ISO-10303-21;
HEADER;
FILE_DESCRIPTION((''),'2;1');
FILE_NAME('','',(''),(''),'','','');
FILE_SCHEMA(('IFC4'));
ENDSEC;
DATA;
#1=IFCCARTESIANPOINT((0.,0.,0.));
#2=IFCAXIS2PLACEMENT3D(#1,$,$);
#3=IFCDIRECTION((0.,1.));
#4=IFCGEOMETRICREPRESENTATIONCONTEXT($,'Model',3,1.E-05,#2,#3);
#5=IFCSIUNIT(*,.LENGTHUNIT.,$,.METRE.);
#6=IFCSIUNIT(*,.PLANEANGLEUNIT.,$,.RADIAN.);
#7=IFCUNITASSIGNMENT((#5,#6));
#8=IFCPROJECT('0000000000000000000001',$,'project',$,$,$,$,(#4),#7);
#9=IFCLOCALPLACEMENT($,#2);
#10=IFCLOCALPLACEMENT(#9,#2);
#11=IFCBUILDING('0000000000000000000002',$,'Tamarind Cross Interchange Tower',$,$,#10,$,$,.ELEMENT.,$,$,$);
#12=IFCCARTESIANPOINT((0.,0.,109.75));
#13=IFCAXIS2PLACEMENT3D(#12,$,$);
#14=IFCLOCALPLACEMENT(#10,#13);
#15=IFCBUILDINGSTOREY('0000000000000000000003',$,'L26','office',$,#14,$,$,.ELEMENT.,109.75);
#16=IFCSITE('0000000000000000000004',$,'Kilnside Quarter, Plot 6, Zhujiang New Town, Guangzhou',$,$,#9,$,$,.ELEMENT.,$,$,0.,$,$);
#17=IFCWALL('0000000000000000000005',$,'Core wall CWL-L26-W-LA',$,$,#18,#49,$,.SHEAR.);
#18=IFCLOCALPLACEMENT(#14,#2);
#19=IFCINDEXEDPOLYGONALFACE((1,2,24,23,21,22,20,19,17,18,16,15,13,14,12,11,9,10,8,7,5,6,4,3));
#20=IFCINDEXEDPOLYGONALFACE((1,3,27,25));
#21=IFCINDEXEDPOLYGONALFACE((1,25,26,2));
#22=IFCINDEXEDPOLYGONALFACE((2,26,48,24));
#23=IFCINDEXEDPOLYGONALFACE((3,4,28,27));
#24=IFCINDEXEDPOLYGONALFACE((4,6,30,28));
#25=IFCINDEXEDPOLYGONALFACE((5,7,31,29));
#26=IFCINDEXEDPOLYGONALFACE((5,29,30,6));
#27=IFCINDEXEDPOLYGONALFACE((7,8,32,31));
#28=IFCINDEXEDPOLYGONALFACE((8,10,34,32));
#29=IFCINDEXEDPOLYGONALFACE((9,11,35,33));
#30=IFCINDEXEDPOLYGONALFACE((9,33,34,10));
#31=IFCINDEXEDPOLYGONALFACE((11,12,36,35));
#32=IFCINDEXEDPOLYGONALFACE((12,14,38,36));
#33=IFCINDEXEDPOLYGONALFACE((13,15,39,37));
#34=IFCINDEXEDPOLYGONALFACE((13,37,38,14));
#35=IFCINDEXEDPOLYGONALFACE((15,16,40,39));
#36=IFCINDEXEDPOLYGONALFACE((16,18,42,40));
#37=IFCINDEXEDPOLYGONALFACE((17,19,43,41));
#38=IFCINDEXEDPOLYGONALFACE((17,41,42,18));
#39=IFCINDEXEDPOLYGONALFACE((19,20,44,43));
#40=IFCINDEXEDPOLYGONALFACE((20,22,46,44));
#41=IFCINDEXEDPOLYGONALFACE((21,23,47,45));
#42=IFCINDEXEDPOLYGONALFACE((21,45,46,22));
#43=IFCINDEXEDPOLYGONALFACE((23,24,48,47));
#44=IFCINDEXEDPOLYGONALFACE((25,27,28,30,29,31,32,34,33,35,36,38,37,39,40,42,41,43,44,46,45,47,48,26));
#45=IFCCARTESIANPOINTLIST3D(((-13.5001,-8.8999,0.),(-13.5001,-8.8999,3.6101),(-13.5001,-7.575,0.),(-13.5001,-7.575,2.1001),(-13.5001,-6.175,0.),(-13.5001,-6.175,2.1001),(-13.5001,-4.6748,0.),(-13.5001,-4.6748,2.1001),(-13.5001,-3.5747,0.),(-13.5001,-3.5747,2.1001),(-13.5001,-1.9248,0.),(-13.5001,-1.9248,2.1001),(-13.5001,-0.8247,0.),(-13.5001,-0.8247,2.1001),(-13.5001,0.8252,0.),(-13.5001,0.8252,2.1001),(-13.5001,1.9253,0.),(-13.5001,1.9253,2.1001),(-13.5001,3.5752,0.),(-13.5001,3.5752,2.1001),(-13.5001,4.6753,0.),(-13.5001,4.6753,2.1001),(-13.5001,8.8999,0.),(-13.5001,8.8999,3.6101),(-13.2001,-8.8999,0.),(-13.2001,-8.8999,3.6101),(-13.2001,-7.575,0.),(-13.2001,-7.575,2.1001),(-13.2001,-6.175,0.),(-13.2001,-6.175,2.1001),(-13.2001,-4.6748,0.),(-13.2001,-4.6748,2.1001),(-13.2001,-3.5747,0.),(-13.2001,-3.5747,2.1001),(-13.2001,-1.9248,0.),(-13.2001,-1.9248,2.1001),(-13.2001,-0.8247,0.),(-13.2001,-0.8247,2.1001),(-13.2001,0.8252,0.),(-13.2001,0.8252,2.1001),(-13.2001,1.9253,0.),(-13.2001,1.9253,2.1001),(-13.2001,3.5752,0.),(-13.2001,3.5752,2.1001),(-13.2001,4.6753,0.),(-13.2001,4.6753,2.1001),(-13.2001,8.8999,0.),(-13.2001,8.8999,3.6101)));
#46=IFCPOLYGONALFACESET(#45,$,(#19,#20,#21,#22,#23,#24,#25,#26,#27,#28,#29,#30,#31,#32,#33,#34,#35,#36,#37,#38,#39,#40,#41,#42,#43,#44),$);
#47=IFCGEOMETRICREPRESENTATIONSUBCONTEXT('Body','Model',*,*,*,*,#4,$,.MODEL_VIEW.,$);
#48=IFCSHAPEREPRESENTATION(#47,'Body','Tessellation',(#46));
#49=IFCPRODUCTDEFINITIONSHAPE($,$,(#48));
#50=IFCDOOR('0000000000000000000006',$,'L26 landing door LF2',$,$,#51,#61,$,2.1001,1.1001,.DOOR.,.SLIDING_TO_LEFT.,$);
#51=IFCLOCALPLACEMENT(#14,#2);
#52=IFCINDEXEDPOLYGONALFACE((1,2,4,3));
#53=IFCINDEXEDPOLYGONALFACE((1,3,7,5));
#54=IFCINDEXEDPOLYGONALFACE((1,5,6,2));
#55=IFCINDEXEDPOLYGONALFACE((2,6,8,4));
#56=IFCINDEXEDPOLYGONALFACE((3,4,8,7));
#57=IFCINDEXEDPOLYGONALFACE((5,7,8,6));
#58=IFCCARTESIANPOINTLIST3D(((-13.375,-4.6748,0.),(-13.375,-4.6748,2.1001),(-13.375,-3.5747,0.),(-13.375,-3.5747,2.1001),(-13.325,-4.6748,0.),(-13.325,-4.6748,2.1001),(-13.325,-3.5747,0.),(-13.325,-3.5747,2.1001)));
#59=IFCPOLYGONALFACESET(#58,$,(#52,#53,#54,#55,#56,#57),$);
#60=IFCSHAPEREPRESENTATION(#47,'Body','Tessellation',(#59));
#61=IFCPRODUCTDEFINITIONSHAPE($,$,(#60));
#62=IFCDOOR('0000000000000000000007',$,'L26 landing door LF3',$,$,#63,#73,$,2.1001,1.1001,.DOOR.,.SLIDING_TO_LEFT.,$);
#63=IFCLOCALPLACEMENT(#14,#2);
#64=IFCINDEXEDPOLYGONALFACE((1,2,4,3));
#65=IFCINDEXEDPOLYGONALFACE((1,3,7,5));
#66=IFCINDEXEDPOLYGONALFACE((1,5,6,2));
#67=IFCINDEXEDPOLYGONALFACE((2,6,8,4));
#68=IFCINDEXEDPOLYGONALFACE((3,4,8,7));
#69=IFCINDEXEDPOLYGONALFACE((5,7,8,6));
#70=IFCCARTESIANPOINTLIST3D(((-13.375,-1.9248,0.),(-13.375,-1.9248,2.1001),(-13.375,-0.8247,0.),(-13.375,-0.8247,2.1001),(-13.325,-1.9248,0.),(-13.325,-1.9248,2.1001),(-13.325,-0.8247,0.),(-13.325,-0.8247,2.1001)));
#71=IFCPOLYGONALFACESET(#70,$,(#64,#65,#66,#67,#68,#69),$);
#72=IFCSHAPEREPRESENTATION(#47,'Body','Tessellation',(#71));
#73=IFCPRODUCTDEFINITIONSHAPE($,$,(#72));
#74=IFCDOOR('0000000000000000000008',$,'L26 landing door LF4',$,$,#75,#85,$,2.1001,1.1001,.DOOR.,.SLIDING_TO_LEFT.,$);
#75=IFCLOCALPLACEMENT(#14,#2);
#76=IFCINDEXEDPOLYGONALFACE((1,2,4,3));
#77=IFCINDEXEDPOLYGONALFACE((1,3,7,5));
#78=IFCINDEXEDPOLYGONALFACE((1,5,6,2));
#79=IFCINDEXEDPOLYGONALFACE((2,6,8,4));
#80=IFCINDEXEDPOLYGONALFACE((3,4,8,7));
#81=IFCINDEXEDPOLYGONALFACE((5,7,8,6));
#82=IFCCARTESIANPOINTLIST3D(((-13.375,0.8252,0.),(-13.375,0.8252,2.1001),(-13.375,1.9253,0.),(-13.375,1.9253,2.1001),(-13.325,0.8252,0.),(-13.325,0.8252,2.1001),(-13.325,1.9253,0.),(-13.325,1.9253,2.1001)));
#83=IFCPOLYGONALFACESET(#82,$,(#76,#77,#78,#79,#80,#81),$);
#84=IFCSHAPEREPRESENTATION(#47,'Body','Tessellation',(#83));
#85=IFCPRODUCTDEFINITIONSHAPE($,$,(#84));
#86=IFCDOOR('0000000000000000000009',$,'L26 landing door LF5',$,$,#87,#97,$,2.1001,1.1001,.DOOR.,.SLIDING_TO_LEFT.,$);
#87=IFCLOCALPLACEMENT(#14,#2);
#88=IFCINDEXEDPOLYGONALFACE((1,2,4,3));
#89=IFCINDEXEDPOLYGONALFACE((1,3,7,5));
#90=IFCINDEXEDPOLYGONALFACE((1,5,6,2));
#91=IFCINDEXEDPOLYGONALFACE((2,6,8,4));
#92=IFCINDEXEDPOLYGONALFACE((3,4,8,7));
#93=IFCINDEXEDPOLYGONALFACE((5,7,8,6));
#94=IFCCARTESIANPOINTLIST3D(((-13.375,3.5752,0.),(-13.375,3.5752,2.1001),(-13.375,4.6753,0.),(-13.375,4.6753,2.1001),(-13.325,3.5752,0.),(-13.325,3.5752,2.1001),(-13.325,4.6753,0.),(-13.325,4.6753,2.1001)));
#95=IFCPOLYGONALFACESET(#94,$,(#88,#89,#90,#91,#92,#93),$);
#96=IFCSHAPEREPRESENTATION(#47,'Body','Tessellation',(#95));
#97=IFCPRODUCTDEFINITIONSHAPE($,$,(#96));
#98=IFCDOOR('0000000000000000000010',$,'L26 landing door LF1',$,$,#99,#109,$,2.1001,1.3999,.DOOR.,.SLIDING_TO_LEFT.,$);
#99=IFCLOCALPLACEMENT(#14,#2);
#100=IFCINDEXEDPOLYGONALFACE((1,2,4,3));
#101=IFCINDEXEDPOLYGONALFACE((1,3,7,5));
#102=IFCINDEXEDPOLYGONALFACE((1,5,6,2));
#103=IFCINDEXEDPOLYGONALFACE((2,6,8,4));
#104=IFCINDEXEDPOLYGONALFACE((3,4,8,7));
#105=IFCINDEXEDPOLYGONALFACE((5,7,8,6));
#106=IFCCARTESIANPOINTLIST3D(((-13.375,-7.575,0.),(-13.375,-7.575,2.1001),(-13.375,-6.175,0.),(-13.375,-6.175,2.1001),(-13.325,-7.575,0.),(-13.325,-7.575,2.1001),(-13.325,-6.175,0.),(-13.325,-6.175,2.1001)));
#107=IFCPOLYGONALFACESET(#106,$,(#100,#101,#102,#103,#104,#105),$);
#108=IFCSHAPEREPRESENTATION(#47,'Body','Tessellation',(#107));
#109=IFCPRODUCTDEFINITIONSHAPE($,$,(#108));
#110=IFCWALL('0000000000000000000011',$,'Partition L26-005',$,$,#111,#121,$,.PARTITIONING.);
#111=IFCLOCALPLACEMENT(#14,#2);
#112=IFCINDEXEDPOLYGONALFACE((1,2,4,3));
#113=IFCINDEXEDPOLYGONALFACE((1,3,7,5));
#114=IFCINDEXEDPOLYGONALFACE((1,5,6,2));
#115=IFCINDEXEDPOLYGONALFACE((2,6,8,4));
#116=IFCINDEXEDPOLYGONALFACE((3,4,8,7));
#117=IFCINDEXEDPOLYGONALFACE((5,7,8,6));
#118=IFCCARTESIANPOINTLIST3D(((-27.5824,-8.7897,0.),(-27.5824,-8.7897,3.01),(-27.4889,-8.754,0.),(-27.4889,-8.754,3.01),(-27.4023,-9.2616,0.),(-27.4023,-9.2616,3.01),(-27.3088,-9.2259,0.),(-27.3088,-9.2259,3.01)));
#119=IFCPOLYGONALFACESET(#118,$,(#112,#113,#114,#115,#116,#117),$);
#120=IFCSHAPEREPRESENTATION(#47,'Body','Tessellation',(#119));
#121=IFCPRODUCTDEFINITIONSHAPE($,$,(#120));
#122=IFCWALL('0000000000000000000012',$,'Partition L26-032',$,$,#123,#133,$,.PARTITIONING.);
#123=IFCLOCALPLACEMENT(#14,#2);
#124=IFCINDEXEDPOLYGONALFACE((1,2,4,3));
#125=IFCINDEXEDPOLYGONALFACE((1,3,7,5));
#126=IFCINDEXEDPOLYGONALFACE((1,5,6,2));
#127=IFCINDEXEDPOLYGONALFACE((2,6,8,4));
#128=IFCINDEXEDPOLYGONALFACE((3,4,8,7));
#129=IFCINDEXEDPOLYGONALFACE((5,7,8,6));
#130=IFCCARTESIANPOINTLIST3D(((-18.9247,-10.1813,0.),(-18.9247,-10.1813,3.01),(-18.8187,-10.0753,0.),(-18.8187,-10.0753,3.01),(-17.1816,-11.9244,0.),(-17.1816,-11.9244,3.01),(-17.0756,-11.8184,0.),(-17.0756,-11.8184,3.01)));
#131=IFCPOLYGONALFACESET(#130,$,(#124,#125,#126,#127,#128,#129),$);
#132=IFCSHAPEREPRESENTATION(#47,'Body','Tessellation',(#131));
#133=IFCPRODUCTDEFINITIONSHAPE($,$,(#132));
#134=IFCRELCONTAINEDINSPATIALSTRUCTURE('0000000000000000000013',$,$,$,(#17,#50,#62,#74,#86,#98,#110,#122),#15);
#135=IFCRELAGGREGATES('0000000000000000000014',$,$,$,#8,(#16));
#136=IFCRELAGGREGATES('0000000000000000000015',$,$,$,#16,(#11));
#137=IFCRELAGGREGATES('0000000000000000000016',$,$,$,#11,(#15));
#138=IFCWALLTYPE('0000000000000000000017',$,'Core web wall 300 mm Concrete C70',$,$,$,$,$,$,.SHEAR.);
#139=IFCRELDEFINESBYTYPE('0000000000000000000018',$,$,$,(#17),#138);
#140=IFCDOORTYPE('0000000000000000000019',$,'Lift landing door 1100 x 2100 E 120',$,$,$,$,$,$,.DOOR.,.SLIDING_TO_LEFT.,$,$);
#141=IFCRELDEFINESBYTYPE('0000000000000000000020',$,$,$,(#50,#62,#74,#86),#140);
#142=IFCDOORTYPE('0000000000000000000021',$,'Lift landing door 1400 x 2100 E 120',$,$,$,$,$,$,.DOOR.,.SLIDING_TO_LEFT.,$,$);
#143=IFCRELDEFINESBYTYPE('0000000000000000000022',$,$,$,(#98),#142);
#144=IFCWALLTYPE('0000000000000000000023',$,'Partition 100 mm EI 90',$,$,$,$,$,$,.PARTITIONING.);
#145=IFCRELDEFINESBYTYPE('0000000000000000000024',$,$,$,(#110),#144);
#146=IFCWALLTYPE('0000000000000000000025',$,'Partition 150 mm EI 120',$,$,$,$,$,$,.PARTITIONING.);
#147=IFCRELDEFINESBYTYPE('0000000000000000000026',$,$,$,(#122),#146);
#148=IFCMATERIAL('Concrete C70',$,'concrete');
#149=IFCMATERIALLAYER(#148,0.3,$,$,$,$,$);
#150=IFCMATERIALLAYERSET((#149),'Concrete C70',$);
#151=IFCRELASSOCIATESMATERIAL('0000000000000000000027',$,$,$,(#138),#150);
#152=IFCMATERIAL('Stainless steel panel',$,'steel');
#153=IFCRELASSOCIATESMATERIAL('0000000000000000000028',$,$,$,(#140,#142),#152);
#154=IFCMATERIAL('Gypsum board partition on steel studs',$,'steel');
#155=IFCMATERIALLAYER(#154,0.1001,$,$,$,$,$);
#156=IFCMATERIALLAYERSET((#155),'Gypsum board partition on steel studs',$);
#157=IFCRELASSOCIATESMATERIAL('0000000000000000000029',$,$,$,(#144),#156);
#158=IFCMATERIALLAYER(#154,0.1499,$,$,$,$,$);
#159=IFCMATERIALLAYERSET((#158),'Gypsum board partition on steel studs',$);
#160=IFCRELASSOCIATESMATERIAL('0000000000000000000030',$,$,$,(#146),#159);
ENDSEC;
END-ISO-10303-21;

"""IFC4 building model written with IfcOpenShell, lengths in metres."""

from ifc_helpers import new_model, si_unit, direction, frame, frame_2d, origin, place, context, subcontext, project, spatial, rectangle, extrude, material, layer, layer_set, type_object, element, fill, save


model = new_model("IFC4")

# Units and contexts
model_context = context("Model", 3, precision=1e-05, world=origin(), true_north=direction((0.0, 1.0)))
body_context = subcontext(model_context, "Body", "Model", "MODEL_VIEW")
ifc_project = project(units=[si_unit("LENGTHUNIT", "METRE"), si_unit("PLANEANGLEUNIT", "RADIAN")], contexts=[model_context])

# Site, building, storey
site_placement = place(None, origin())
site = spatial("IfcSite", under=ifc_project, at=site_placement, Name="Kilnside Quarter, Plot 6, Zhujiang New Town, Guangzhou", CompositionType="ELEMENT", RefElevation=0.0)
building_placement = place(site_placement, origin())
building = spatial("IfcBuilding", under=site, at=building_placement, Name="Tamarind Cross Interchange Tower", CompositionType="ELEMENT")
storey_placement = place(building_placement, frame((0.0, 0.0, 109.75)))
storey = spatial("IfcBuildingStorey", under=building, at=storey_placement, Name="L26", Description="office", CompositionType="ELEMENT", Elevation=109.75)

# Wall, openings, doors
ifc_material_1 = material(Name="Concrete C70", Category="concrete")
ifc_layer_1 = layer(ifc_material_1, 0.3)
ifc_layer_set_1 = layer_set([ifc_layer_1], Name="Concrete C70")
wall_type_1 = type_object("IfcWallType", Name="Core web wall 300 mm Concrete C70", PredefinedType="SHEAR", material=ifc_layer_set_1)
wall_1_placement = place(storey_placement, frame((-13.3501, -8.8999, 0.0), z_axis=(0.0, 0.0, 1.0), x_axis=(0.0, 1.0, 0.0)))
wall_1 = element("IfcWall", 1, at=wall_1_placement, inside=storey, type_object=wall_type_1, Name="Core wall CWL-L26-W-LA", PredefinedType="SHEAR", context=body_context, shape_type="SweptSolid", body=[
    extrude(rectangle(XDim=17.7998, YDim=0.3, at=frame_2d((8.8999, 0.0))), origin(), (0.0, 0.0, 1.0), 3.6101),
])
opening_1_placement = place(wall_1_placement, frame((1.325, 0.0, 0.0)))
opening_1 = element("IfcOpeningElement", 2, at=opening_1_placement, cuts=wall_1, PredefinedType="OPENING", context=body_context, shape_type="SweptSolid", body=[
    extrude(rectangle(XDim=1.3999, YDim=2.1001, at=frame_2d((0.7, 1.05))), frame((0.0, 0.1599, 0.0), z_axis=(0.0, -1.0, 0.0), x_axis=(1.0, 0.0, 0.0)), (0.0, 0.0, 1.0), 0.3201),
])
opening_2_placement = place(wall_1_placement, frame((4.2251, 0.0, 0.0)))
opening_2 = element("IfcOpeningElement", 3, at=opening_2_placement, cuts=wall_1, PredefinedType="OPENING", context=body_context, shape_type="SweptSolid", body=[
    extrude(rectangle(XDim=1.1001, YDim=2.1001, at=frame_2d((0.55, 1.05))), frame((0.0, 0.1599, 0.0), z_axis=(0.0, -1.0, 0.0), x_axis=(1.0, 0.0, 0.0)), (0.0, 0.0, 1.0), 0.3201),
])
opening_3_placement = place(wall_1_placement, frame((6.9751, 0.0, 0.0)))
opening_3 = element("IfcOpeningElement", 4, at=opening_3_placement, cuts=wall_1, PredefinedType="OPENING", context=body_context, shape_type="SweptSolid", body=[
    extrude(rectangle(XDim=1.1001, YDim=2.1001, at=frame_2d((0.55, 1.05))), frame((0.0, 0.1599, 0.0), z_axis=(0.0, -1.0, 0.0), x_axis=(1.0, 0.0, 0.0)), (0.0, 0.0, 1.0), 0.3201),
])
opening_4_placement = place(wall_1_placement, frame((9.7251, 0.0, 0.0)))
opening_4 = element("IfcOpeningElement", 5, at=opening_4_placement, cuts=wall_1, PredefinedType="OPENING", context=body_context, shape_type="SweptSolid", body=[
    extrude(rectangle(XDim=1.1001, YDim=2.1001, at=frame_2d((0.55, 1.05))), frame((0.0, 0.1599, 0.0), z_axis=(0.0, -1.0, 0.0), x_axis=(1.0, 0.0, 0.0)), (0.0, 0.0, 1.0), 0.3201),
])
opening_5_placement = place(wall_1_placement, frame((12.4751, 0.0, 0.0)))
opening_5 = element("IfcOpeningElement", 6, at=opening_5_placement, cuts=wall_1, PredefinedType="OPENING", context=body_context, shape_type="SweptSolid", body=[
    extrude(rectangle(XDim=1.1001, YDim=2.1001, at=frame_2d((0.55, 1.05))), frame((0.0, 0.1599, 0.0), z_axis=(0.0, -1.0, 0.0), x_axis=(1.0, 0.0, 0.0)), (0.0, 0.0, 1.0), 0.3201),
])
ifc_material_2 = material(Name="Stainless steel panel", Category="steel")
door_type_1 = type_object("IfcDoorType", Name="Lift landing door 1100 x 2100 E 120", OperationType="SLIDING_TO_LEFT", PredefinedType="DOOR", material=ifc_material_2)
door_1_placement = place(opening_2_placement, origin())
door_1 = element("IfcDoor", 7, at=door_1_placement, inside=storey, type_object=door_type_1, Name="L26 landing door LF2", OperationType="SLIDING_TO_LEFT", OverallHeight=2.1001, OverallWidth=1.1001, PredefinedType="DOOR", context=body_context, shape_type="SweptSolid", body=[
    extrude(rectangle(XDim=1.1001, YDim=2.1001, at=frame_2d((0.55, 1.05))), frame((0.0, 0.0249, 0.0), z_axis=(0.0, -1.0, 0.0), x_axis=(1.0, 0.0, 0.0)), (0.0, 0.0, 1.0), 0.05),
])
fill(opening_2, door_1)
door_2_placement = place(opening_3_placement, origin())
door_2 = element("IfcDoor", 8, at=door_2_placement, inside=storey, type_object=door_type_1, Name="L26 landing door LF3", OperationType="SLIDING_TO_LEFT", OverallHeight=2.1001, OverallWidth=1.1001, PredefinedType="DOOR", context=body_context, shape_type="SweptSolid", body=[
    extrude(rectangle(XDim=1.1001, YDim=2.1001, at=frame_2d((0.55, 1.05))), frame((0.0, 0.0249, 0.0), z_axis=(0.0, -1.0, 0.0), x_axis=(1.0, 0.0, 0.0)), (0.0, 0.0, 1.0), 0.05),
])
fill(opening_3, door_2)
door_3_placement = place(opening_4_placement, origin())
door_3 = element("IfcDoor", 9, at=door_3_placement, inside=storey, type_object=door_type_1, Name="L26 landing door LF4", OperationType="SLIDING_TO_LEFT", OverallHeight=2.1001, OverallWidth=1.1001, PredefinedType="DOOR", context=body_context, shape_type="SweptSolid", body=[
    extrude(rectangle(XDim=1.1001, YDim=2.1001, at=frame_2d((0.55, 1.05))), frame((0.0, 0.0249, 0.0), z_axis=(0.0, -1.0, 0.0), x_axis=(1.0, 0.0, 0.0)), (0.0, 0.0, 1.0), 0.05),
])
fill(opening_4, door_3)
door_4_placement = place(opening_5_placement, origin())
door_4 = element("IfcDoor", 10, at=door_4_placement, inside=storey, type_object=door_type_1, Name="L26 landing door LF5", OperationType="SLIDING_TO_LEFT", OverallHeight=2.1001, OverallWidth=1.1001, PredefinedType="DOOR", context=body_context, shape_type="SweptSolid", body=[
    extrude(rectangle(XDim=1.1001, YDim=2.1001, at=frame_2d((0.55, 1.05))), frame((0.0, 0.0249, 0.0), z_axis=(0.0, -1.0, 0.0), x_axis=(1.0, 0.0, 0.0)), (0.0, 0.0, 1.0), 0.05),
])
fill(opening_5, door_4)
door_type_2 = type_object("IfcDoorType", Name="Lift landing door 1400 x 2100 E 120", OperationType="SLIDING_TO_LEFT", PredefinedType="DOOR", material=ifc_material_2)
door_5_placement = place(opening_1_placement, origin())
door_5 = element("IfcDoor", 11, at=door_5_placement, inside=storey, type_object=door_type_2, Name="L26 landing door LF1", OperationType="SLIDING_TO_LEFT", OverallHeight=2.1001, OverallWidth=1.3999, PredefinedType="DOOR", context=body_context, shape_type="SweptSolid", body=[
    extrude(rectangle(XDim=1.3999, YDim=2.1001, at=frame_2d((0.7, 1.05))), frame((0.0, 0.0249, 0.0), z_axis=(0.0, -1.0, 0.0), x_axis=(1.0, 0.0, 0.0)), (0.0, 0.0, 1.0), 0.05),
])
fill(opening_1, door_5)

# Walls
ifc_material_3 = material(Name="Gypsum board partition on steel studs", Category="steel")
ifc_layer_2 = layer(ifc_material_3, 0.1001)
ifc_layer_set_2 = layer_set([ifc_layer_2], Name="Gypsum board partition on steel studs")
wall_type_2 = type_object("IfcWallType", Name="Partition 100 mm EI 90", PredefinedType="PARTITIONING", material=ifc_layer_set_2)
wall_2_placement = place(storey_placement, frame((-27.5356, -8.772, 0.0), z_axis=(0.0, 0.0, 1.0), x_axis=(0.356679, -0.934227, 0.0)))
element("IfcWall", 12, at=wall_2_placement, inside=storey, type_object=wall_type_2, Name="Partition L26-005", PredefinedType="PARTITIONING", context=body_context, shape_type="SweptSolid", body=[
    extrude(rectangle(XDim=0.5051, YDim=0.1001, at=frame_2d((0.2524, 0.0))), origin(), (0.0, 0.0, 1.0), 3.01),
])
ifc_layer_3 = layer(ifc_material_3, 0.1499)
ifc_layer_set_3 = layer_set([ifc_layer_3], Name="Gypsum board partition on steel studs")
wall_type_3 = type_object("IfcWallType", Name="Partition 150 mm EI 120", PredefinedType="PARTITIONING", material=ifc_layer_set_3)
wall_3_placement = place(storey_placement, frame((-18.8716, -10.1284, 0.0), z_axis=(0.0, 0.0, 1.0), x_axis=(0.707107, -0.707107, 0.0)))
element("IfcWall", 13, at=wall_3_placement, inside=storey, type_object=wall_type_3, Name="Partition L26-032", PredefinedType="PARTITIONING", context=body_context, shape_type="SweptSolid", body=[
    extrude(rectangle(XDim=2.4651, YDim=0.1499, at=frame_2d((1.2324, 0.0))), origin(), (0.0, 0.0, 1.0), 3.01),
])

save(model, "model.ifc")
